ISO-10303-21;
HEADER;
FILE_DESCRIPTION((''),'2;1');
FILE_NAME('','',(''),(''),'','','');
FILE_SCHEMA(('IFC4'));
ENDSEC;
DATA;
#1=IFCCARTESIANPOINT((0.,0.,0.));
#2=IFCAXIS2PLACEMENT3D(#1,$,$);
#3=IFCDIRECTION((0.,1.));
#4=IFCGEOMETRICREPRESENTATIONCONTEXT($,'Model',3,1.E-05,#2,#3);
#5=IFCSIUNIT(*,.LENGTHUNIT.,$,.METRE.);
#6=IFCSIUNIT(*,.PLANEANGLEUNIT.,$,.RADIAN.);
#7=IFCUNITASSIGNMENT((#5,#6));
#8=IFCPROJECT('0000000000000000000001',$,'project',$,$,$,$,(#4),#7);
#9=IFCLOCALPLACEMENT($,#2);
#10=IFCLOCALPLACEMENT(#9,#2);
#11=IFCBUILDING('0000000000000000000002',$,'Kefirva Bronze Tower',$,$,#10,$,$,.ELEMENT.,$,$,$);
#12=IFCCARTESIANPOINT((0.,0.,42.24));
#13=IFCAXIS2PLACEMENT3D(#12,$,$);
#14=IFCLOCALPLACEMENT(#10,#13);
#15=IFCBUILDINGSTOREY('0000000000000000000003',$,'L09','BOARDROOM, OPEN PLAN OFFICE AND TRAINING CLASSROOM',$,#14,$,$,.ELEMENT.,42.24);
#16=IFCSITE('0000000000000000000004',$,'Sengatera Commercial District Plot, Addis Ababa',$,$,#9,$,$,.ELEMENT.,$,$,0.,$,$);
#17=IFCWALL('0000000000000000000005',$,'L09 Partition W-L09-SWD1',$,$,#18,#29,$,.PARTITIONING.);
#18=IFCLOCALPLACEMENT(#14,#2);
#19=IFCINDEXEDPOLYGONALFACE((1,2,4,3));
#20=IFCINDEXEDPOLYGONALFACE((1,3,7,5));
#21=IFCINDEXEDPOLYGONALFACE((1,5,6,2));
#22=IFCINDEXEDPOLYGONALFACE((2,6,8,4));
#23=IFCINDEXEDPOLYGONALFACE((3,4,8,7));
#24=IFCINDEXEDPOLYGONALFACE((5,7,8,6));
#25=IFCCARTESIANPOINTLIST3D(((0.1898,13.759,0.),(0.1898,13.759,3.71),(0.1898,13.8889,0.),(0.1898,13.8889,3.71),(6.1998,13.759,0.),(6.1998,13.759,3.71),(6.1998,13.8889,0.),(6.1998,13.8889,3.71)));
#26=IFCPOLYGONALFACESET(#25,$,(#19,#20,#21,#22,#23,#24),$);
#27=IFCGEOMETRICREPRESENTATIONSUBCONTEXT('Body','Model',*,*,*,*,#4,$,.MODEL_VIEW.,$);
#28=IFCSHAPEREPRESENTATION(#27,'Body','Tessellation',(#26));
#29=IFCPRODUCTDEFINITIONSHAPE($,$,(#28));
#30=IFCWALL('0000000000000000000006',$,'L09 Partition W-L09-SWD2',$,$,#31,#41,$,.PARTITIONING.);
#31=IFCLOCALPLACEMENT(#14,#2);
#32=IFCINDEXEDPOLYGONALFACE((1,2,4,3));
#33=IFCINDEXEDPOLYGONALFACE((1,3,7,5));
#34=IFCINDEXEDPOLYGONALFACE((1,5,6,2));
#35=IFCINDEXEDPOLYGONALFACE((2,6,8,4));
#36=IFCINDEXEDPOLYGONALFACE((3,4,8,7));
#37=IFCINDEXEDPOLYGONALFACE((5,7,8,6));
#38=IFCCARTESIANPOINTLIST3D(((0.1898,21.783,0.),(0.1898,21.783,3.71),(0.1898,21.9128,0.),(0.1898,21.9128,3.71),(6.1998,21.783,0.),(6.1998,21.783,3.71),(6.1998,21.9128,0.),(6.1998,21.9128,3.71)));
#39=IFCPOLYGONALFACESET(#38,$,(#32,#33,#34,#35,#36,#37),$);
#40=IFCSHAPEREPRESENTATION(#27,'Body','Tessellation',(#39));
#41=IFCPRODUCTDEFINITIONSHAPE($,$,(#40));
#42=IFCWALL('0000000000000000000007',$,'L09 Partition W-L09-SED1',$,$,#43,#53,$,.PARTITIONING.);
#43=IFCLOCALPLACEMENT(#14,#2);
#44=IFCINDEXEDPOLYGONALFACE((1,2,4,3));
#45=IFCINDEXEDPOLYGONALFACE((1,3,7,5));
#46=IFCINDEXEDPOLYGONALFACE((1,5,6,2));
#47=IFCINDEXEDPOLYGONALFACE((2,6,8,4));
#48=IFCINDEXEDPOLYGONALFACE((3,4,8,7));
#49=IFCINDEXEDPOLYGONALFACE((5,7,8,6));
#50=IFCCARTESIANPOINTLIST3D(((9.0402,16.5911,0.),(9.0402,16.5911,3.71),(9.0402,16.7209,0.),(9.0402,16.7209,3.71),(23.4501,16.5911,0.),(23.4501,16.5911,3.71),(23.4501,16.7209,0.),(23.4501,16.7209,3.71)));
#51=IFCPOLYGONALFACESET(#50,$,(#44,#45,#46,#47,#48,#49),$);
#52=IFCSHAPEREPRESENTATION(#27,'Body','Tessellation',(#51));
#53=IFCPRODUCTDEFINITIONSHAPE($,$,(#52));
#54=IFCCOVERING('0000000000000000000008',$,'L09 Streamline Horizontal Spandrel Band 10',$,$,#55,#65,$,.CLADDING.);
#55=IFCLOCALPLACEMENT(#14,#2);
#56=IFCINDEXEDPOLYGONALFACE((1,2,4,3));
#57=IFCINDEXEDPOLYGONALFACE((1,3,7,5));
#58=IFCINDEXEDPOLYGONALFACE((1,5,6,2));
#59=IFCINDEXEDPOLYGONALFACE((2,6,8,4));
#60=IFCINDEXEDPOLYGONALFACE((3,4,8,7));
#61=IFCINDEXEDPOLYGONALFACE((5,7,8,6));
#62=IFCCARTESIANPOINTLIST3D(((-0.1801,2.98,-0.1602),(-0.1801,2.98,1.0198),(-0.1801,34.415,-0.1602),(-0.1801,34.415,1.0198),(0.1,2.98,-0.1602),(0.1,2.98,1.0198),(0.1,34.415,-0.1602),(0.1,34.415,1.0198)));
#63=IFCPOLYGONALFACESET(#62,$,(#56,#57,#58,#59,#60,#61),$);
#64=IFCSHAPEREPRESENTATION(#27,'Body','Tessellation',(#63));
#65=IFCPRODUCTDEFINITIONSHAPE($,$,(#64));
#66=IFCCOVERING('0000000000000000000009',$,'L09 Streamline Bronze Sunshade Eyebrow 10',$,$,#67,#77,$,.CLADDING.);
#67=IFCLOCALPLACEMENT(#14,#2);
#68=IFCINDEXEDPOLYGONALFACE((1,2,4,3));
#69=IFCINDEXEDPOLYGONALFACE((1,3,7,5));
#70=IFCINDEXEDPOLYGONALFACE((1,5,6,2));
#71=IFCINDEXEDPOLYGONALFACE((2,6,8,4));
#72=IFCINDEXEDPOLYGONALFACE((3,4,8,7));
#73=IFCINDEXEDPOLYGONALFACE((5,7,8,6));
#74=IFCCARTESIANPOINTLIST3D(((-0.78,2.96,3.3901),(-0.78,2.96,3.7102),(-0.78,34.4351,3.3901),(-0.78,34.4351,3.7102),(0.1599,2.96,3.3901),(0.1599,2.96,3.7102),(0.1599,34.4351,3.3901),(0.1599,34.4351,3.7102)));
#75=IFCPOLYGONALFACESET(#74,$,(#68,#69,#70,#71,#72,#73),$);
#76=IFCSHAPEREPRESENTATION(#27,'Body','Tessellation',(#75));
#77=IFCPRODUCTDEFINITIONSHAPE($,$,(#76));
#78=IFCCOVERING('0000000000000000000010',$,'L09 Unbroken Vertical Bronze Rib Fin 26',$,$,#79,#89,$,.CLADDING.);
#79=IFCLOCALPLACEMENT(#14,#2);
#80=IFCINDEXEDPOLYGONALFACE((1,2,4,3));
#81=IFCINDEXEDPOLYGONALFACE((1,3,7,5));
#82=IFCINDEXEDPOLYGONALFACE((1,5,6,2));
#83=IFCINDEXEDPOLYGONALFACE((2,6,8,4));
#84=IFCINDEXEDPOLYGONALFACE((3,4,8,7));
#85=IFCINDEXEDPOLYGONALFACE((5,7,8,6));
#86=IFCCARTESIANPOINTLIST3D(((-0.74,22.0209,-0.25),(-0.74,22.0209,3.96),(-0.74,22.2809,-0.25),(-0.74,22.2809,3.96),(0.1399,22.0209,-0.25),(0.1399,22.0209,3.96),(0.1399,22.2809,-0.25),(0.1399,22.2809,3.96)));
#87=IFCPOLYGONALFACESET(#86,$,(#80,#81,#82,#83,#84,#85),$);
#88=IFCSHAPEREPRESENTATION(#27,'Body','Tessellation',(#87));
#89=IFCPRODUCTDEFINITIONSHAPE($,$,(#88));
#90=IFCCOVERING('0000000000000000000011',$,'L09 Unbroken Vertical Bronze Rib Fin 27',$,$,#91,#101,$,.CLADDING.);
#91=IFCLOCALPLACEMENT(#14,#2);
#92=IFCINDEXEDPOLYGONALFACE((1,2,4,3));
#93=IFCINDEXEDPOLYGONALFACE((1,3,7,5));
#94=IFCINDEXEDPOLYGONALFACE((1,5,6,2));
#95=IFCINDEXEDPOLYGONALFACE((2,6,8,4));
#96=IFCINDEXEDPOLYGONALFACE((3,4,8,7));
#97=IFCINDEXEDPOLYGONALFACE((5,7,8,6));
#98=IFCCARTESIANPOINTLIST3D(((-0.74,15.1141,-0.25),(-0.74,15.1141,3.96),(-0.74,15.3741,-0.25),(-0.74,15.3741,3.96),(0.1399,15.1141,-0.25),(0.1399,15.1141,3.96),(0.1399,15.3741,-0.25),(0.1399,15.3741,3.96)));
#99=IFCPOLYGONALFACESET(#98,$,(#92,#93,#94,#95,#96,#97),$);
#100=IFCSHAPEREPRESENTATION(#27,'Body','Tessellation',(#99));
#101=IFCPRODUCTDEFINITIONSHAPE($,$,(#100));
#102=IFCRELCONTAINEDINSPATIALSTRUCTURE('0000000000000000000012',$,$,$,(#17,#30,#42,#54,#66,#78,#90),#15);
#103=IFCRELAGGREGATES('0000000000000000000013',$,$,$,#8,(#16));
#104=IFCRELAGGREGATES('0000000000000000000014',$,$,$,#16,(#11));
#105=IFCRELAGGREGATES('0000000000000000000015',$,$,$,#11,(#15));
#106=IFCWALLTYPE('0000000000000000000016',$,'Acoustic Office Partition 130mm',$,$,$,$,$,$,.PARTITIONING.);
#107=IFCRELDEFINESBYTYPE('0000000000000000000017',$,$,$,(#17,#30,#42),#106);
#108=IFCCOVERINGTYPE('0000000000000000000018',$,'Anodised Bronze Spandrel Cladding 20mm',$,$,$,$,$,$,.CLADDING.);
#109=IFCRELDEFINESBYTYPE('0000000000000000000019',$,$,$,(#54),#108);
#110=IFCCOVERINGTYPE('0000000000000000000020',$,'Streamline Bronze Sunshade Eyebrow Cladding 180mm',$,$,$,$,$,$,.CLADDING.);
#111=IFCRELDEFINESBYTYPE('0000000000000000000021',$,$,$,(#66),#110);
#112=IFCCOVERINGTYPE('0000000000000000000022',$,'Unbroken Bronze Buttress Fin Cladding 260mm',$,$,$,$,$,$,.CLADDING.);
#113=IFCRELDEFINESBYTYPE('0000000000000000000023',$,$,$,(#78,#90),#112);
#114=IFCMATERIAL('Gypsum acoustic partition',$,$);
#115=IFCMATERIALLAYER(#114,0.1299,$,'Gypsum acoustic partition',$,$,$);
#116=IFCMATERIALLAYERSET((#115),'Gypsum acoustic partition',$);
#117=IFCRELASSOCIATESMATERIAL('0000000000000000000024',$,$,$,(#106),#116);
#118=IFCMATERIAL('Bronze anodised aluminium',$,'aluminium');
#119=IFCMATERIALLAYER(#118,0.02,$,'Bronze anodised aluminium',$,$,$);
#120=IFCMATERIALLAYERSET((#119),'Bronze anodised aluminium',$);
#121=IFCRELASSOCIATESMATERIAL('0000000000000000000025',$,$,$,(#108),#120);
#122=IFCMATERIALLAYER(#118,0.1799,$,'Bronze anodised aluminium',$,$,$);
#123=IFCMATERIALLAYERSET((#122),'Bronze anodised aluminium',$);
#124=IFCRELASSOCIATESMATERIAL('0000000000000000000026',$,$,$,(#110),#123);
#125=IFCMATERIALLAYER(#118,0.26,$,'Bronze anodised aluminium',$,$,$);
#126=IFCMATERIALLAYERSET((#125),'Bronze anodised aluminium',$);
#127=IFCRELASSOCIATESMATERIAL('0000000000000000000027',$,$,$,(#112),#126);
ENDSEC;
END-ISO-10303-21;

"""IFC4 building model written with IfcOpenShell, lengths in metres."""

from ifc_helpers import new_model, si_unit, direction, frame, frame_2d, origin, origin_2d, place, context, subcontext, project, spatial, rectangle, extrude, material, layer, layer_set, type_object, element, save


model = new_model("IFC4")

# Units and contexts
model_context = context("Model", 3, precision=1e-05, world=origin(), true_north=direction((0.0, 1.0)))
body_context = subcontext(model_context, "Body", "Model", "MODEL_VIEW")
ifc_project = project(units=[si_unit("LENGTHUNIT", "METRE"), si_unit("PLANEANGLEUNIT", "RADIAN")], contexts=[model_context])

# Site, building, storey
site_placement = place(None, origin())
site = spatial("IfcSite", under=ifc_project, at=site_placement, Name="Sengatera Commercial District Plot, Addis Ababa", CompositionType="ELEMENT", RefElevation=0.0)
building_placement = place(site_placement, origin())
building = spatial("IfcBuilding", under=site, at=building_placement, Name="Kefirva Bronze Tower", CompositionType="ELEMENT")
storey_placement = place(building_placement, frame((0.0, 0.0, 42.24)))
storey = spatial("IfcBuildingStorey", under=building, at=storey_placement, Name="L09", Description="BOARDROOM, OPEN PLAN OFFICE AND TRAINING CLASSROOM", CompositionType="ELEMENT", Elevation=42.24)

# Shared definitions
ifc_material_1 = material(Name="Bronze anodised aluminium", Category="aluminium")

# Walls
ifc_material_2 = material(Name="Gypsum acoustic partition")
ifc_layer_1 = layer(ifc_material_2, 0.1299, Name="Gypsum acoustic partition")
ifc_layer_set_1 = layer_set([ifc_layer_1], Name="Gypsum acoustic partition")
wall_type = type_object("IfcWallType", Name="Acoustic Office Partition 130mm", PredefinedType="PARTITIONING", material=ifc_layer_set_1)
for number, where, z_axis, x_axis, name in (
    (1, (0.1899, 13.824, 0.0), (0.0, 0.0, 1.0), (1.0, 0.0, 0.0), "L09 Partition W-L09-SWD1"),
    (2, (0.1899, 21.8479, 0.0), (0.0, 0.0, 1.0), (1.0, 0.0, 0.0), "L09 Partition W-L09-SWD2"),
):
    element("IfcWall", number, at=place(storey_placement, frame(where, z_axis=z_axis, x_axis=x_axis)), inside=storey, type_object=wall_type, Name=name, PredefinedType="PARTITIONING", context=body_context, shape_type="SweptSolid", body=[
        extrude(rectangle(XDim=6.01, YDim=0.1299, at=frame_2d((3.0049, 0.0))), origin(), (0.0, 0.0, 1.0), 3.71),
    ])
wall_placement = place(storey_placement, frame((9.04, 16.656, 0.0), z_axis=(0.0, 0.0, 1.0), x_axis=(1.0, 0.0, 0.0)))
element("IfcWall", 3, at=wall_placement, inside=storey, type_object=wall_type, Name="L09 Partition W-L09-SED1", PredefinedType="PARTITIONING", context=body_context, shape_type="SweptSolid", body=[
    extrude(rectangle(XDim=14.4099, YDim=0.1299, at=frame_2d((7.2051, 0.0))), origin(), (0.0, 0.0, 1.0), 3.71),
])

# Coverings
ifc_layer_2 = layer(ifc_material_1, 0.02, Name="Bronze anodised aluminium")
ifc_layer_set_2 = layer_set([ifc_layer_2], Name="Bronze anodised aluminium")
covering_type_1 = type_object("IfcCoveringType", Name="Anodised Bronze Spandrel Cladding 20mm", PredefinedType="CLADDING", material=ifc_layer_set_2)
covering_1_placement = place(storey_placement, frame((-0.04, 18.6975, -0.1602), z_axis=(0.0, 0.0, 1.0), x_axis=(0.0, -1.0, 0.0)))
element("IfcCovering", 4, at=covering_1_placement, inside=storey, type_object=covering_type_1, Name="L09 Streamline Horizontal Spandrel Band 10", PredefinedType="CLADDING", context=body_context, shape_type="SweptSolid", body=[
    extrude(rectangle(XDim=31.4351, YDim=0.28, at=origin_2d()), origin(), (0.0, 0.0, 1.0), 1.1799),
])
ifc_layer_3 = layer(ifc_material_1, 0.1799, Name="Bronze anodised aluminium")
ifc_layer_set_3 = layer_set([ifc_layer_3], Name="Bronze anodised aluminium")
covering_type_2 = type_object("IfcCoveringType", Name="Streamline Bronze Sunshade Eyebrow Cladding 180mm", PredefinedType="CLADDING", material=ifc_layer_set_3)
covering_2_placement = place(storey_placement, frame((-0.3101, 18.6975, 3.3901), z_axis=(0.0, 0.0, 1.0), x_axis=(0.0, -1.0, 0.0)))
element("IfcCovering", 5, at=covering_2_placement, inside=storey, type_object=covering_type_2, Name="L09 Streamline Bronze Sunshade Eyebrow 10", PredefinedType="CLADDING", context=body_context, shape_type="SweptSolid", body=[
    extrude(rectangle(XDim=31.4751, YDim=0.9399, at=origin_2d()), origin(), (0.0, 0.0, 1.0), 0.3201),
])
ifc_layer_4 = layer(ifc_material_1, 0.26, Name="Bronze anodised aluminium")
ifc_layer_set_4 = layer_set([ifc_layer_4], Name="Bronze anodised aluminium")
covering_type_3 = type_object("IfcCoveringType", Name="Unbroken Bronze Buttress Fin Cladding 260mm", PredefinedType="CLADDING", material=ifc_layer_set_4)
for number, where, z_axis, x_axis, name in (
    (6, (-0.3, 22.1509, -0.25), (0.0, 0.0, 1.0), (0.0, -1.0, 0.0), "L09 Unbroken Vertical Bronze Rib Fin 26"),
    (7, (-0.3, 15.2441, -0.25), (0.0, 0.0, 1.0), (0.0, -1.0, 0.0), "L09 Unbroken Vertical Bronze Rib Fin 27"),
):
    element("IfcCovering", number, at=place(storey_placement, frame(where, z_axis=z_axis, x_axis=x_axis)), inside=storey, type_object=covering_type_3, Name=name, PredefinedType="CLADDING", context=body_context, shape_type="SweptSolid", body=[
        extrude(rectangle(XDim=0.26, YDim=0.8799, at=origin_2d()), origin(), (0.0, 0.0, 1.0), 4.21),
    ])

save(model, "model.ifc")
